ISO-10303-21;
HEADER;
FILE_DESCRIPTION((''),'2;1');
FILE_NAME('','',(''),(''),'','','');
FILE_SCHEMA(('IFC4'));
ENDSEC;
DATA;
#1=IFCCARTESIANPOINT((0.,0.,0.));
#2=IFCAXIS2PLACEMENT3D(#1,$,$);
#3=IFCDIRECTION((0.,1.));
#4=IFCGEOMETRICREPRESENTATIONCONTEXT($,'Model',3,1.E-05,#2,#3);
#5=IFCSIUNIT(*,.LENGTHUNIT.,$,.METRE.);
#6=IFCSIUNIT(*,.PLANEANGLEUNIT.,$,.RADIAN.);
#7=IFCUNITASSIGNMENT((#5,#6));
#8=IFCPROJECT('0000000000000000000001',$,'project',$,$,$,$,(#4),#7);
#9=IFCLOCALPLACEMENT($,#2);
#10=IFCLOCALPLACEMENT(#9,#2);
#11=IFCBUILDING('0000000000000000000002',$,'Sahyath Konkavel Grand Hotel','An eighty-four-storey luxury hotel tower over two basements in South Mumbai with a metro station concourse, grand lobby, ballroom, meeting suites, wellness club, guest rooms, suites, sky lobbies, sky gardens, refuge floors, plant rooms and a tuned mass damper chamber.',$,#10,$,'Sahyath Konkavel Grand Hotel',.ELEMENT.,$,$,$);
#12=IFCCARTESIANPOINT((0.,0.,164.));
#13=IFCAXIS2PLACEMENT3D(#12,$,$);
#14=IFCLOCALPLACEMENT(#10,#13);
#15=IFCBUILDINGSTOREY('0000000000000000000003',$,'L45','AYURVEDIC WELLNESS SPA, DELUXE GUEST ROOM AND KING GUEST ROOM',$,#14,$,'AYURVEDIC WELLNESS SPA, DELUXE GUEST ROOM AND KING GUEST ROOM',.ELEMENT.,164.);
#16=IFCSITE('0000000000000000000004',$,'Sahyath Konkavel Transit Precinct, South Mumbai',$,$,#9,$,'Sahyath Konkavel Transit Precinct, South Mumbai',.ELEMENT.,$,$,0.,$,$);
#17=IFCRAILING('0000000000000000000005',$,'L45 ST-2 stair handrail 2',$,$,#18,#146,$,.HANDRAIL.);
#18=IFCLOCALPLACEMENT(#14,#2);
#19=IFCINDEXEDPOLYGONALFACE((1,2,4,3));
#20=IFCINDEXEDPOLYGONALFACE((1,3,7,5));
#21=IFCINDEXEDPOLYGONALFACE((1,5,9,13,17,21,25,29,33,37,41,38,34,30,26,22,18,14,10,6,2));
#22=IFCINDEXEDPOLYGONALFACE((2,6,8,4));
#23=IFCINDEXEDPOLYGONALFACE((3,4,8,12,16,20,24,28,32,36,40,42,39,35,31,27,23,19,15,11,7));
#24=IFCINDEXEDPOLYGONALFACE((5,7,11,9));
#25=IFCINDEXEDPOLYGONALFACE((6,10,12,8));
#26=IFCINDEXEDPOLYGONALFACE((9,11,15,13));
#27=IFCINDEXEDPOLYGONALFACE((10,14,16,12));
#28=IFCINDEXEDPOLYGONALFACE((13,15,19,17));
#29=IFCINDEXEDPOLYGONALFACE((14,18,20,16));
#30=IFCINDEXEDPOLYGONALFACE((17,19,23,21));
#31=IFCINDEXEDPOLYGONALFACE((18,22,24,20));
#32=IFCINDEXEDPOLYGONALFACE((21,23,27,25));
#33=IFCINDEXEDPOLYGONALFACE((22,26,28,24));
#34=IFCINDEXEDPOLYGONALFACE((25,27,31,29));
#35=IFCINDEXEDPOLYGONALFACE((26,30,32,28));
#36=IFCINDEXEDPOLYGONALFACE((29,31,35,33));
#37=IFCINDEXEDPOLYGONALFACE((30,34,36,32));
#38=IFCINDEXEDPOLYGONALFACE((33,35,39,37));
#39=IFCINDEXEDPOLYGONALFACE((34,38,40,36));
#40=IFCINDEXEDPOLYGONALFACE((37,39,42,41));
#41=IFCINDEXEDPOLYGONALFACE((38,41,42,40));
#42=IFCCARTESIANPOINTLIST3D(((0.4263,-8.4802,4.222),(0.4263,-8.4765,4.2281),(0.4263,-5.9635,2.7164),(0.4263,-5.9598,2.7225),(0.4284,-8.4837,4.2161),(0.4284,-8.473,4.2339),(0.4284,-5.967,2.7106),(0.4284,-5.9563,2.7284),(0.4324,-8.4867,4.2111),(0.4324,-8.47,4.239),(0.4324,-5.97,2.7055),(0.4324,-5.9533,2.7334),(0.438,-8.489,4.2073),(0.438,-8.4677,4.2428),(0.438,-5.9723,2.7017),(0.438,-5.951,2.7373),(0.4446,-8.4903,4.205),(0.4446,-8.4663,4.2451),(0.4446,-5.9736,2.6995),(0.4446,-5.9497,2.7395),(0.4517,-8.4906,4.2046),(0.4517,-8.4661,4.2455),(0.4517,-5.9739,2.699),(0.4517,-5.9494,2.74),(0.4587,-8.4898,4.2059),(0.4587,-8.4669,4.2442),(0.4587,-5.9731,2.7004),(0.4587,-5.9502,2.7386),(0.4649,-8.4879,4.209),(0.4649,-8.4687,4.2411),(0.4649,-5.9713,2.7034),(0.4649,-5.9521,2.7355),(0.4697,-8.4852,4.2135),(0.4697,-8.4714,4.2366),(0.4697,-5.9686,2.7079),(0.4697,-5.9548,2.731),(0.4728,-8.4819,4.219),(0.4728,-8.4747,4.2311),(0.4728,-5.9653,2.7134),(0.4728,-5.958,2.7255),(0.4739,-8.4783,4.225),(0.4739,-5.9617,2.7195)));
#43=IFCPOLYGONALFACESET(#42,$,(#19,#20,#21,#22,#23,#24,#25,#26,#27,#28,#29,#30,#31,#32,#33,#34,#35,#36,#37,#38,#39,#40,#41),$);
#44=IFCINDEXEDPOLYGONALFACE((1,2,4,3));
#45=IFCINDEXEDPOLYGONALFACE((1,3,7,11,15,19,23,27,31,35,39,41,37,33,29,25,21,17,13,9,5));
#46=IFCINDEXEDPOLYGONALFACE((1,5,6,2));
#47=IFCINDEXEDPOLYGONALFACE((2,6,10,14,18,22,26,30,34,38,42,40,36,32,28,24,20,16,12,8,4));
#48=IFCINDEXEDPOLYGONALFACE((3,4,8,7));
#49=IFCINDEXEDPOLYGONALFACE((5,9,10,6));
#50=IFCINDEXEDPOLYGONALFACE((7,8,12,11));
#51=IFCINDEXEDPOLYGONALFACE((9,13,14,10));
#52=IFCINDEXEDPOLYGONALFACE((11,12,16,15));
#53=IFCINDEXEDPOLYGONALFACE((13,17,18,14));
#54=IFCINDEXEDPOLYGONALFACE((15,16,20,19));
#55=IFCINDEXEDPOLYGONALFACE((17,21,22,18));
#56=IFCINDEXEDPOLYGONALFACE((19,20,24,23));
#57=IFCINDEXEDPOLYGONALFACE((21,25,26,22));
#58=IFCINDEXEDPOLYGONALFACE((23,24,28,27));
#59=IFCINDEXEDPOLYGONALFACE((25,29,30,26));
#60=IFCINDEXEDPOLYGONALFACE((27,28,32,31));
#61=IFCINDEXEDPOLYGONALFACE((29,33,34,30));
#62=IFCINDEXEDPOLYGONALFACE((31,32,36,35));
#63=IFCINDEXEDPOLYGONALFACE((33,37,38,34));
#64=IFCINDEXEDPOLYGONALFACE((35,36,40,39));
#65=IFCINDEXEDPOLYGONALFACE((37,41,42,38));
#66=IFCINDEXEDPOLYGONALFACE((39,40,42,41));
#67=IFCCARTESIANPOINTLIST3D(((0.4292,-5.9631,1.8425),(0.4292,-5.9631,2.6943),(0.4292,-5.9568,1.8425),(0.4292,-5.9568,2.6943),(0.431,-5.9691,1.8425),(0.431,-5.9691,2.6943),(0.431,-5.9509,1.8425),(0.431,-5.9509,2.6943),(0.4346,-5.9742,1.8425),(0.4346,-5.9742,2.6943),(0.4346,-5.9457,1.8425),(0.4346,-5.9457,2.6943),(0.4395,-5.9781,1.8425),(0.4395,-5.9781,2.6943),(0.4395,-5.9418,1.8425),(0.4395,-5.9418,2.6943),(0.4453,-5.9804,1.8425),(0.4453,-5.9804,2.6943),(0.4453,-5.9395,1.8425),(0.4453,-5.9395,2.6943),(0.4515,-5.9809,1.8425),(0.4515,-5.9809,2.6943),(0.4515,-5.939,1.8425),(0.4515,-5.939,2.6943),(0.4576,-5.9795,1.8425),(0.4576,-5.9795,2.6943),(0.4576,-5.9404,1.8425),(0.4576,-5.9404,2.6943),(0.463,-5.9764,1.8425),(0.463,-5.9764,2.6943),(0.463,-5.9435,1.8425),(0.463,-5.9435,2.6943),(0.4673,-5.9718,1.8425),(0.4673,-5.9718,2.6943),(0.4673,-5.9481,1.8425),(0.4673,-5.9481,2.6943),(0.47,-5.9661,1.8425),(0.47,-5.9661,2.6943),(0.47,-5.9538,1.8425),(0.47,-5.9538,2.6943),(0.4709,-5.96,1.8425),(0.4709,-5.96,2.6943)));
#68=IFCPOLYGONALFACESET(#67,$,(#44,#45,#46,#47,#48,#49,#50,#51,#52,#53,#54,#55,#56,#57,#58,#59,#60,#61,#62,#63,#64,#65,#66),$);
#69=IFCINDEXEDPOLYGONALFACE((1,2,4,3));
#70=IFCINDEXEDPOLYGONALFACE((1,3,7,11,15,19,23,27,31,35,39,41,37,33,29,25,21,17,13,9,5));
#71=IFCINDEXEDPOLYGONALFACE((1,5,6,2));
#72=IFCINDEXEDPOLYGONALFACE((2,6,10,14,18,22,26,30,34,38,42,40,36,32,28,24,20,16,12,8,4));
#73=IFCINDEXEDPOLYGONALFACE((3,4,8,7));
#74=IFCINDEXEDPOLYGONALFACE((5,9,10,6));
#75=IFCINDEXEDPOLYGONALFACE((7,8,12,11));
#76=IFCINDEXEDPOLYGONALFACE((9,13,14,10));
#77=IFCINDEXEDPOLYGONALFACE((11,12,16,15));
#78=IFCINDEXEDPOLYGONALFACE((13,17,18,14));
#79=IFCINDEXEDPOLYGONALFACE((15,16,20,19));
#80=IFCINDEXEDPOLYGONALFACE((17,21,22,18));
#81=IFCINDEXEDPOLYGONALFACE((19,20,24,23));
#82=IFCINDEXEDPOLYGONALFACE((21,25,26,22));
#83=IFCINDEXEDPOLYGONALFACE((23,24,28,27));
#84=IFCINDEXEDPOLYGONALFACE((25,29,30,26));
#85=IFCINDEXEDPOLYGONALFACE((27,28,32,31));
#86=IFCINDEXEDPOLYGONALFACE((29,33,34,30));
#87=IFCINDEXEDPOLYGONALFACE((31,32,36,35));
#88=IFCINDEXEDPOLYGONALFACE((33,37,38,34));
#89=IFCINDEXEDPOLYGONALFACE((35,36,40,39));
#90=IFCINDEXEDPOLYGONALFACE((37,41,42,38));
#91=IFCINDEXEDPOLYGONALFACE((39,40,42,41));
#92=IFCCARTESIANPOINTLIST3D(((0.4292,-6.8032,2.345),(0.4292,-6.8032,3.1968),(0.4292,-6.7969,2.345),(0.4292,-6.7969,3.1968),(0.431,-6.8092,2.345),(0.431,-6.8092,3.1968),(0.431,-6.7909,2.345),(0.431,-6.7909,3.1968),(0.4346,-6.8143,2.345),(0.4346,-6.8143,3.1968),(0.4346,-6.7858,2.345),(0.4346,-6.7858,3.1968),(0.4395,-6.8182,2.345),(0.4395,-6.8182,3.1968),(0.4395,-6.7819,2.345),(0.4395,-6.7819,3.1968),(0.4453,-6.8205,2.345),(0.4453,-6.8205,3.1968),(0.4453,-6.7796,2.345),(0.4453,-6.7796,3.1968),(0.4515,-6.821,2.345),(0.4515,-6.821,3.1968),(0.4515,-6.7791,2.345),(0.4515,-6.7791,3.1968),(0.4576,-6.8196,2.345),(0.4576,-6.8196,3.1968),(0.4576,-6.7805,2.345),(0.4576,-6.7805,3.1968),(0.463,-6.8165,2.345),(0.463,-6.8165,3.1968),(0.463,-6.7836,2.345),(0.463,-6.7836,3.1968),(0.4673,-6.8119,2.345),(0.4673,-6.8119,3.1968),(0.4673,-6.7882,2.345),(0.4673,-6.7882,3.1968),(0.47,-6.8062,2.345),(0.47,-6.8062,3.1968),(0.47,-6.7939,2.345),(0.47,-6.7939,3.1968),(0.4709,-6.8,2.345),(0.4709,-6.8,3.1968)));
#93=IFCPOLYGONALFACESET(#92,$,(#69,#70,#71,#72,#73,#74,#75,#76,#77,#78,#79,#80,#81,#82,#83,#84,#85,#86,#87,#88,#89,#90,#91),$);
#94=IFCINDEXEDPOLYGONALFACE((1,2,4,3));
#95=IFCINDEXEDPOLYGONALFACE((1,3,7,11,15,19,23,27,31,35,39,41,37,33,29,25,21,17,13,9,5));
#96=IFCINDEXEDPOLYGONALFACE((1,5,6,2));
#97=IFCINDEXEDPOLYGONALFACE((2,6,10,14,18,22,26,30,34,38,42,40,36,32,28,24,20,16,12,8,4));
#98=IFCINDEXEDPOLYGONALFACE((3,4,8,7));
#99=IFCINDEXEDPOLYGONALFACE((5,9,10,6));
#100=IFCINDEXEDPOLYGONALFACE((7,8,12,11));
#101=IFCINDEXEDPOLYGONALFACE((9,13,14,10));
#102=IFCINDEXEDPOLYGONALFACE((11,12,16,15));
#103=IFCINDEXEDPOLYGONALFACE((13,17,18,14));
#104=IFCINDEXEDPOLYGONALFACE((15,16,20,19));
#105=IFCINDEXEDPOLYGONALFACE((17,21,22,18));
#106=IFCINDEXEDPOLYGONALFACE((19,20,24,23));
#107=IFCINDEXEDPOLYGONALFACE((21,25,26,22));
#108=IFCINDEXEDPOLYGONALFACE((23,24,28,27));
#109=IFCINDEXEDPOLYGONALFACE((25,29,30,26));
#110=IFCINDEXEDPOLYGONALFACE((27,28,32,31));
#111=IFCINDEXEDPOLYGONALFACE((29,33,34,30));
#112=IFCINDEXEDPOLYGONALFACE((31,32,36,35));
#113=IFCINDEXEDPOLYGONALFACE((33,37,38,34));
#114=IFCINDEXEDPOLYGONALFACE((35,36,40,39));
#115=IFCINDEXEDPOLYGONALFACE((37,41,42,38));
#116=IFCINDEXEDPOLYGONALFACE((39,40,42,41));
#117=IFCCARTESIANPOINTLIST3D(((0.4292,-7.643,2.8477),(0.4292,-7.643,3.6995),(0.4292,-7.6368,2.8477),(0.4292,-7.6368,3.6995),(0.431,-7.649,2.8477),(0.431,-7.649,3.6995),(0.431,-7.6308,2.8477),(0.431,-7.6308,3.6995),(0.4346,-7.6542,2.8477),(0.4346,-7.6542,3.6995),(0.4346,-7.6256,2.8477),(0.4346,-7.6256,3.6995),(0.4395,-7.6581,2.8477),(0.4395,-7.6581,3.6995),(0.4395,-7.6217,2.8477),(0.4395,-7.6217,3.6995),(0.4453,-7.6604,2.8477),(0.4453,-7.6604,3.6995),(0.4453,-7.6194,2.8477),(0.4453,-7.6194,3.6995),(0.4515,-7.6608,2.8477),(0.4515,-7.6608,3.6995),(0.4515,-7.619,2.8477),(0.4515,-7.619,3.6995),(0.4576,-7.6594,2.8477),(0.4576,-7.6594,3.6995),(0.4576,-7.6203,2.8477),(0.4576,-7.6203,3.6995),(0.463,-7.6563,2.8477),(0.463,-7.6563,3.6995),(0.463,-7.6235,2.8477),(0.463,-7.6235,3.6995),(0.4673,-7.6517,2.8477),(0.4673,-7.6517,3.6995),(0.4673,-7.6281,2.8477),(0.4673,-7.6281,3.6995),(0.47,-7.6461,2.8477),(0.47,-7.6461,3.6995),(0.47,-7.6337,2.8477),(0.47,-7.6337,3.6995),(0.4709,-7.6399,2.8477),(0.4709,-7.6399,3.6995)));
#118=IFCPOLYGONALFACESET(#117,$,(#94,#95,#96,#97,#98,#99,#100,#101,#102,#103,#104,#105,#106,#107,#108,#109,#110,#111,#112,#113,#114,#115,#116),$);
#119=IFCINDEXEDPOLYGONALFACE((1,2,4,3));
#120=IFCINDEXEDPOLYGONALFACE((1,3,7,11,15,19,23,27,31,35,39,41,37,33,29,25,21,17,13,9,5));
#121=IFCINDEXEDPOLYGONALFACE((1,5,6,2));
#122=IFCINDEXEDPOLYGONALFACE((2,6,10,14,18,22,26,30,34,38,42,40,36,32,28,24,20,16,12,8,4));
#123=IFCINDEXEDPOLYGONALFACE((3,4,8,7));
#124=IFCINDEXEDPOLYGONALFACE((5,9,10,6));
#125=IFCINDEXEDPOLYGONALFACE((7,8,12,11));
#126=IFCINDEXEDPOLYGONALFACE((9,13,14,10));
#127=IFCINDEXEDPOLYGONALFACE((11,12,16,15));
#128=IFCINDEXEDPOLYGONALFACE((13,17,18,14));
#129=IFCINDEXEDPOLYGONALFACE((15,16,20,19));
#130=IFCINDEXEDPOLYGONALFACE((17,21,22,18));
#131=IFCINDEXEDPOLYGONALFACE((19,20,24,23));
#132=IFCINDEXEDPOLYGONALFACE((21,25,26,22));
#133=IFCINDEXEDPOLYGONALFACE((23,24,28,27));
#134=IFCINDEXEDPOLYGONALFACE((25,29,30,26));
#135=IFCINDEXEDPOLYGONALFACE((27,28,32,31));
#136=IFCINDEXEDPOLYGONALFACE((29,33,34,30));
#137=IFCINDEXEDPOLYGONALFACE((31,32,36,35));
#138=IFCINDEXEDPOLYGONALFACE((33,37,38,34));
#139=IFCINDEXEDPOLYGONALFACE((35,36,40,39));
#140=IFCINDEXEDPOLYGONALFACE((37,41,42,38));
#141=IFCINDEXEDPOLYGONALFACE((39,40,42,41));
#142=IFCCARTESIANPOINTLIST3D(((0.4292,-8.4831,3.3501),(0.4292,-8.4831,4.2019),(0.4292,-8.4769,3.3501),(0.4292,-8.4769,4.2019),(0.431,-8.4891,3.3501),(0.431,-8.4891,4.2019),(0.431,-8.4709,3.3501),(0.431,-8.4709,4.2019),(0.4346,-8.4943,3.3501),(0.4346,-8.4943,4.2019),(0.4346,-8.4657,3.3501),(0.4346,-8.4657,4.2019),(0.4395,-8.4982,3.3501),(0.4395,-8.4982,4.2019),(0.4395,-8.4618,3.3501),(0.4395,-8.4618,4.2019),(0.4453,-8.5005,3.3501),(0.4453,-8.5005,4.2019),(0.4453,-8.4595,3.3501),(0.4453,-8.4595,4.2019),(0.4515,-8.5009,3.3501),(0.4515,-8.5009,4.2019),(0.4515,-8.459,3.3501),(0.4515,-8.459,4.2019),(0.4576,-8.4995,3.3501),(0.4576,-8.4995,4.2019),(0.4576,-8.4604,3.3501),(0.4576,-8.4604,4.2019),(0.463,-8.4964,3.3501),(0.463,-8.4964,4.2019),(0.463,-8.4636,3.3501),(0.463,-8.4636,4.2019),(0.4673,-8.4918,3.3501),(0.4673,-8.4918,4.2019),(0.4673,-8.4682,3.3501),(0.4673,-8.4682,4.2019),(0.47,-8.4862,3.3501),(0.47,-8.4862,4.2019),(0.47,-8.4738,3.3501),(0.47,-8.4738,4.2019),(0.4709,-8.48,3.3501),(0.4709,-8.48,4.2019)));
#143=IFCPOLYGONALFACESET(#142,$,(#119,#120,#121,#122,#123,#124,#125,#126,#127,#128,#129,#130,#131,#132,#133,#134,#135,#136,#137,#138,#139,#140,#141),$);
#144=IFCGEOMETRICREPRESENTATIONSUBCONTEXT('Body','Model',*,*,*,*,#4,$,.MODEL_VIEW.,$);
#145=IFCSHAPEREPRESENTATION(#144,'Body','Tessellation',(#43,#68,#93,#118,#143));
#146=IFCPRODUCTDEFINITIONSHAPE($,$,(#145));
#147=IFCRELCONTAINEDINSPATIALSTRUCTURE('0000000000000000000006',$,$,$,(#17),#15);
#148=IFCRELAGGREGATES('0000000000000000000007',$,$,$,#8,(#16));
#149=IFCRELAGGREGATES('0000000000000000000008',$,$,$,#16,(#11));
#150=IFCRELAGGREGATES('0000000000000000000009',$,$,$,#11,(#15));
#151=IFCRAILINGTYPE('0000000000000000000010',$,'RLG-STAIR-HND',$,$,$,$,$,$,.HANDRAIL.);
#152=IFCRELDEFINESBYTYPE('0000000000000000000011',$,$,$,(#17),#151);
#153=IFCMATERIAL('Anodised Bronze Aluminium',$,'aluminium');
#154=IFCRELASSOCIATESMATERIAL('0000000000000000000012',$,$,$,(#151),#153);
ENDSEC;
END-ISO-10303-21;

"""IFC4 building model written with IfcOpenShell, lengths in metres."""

from ifc_helpers import new_model, si_unit, direction, frame, origin, origin_2d, place, context, subcontext, project, spatial, circle, extrude, material, type_object, element, save


model = new_model("IFC4")

# Units and contexts
model_context = context("Model", 3, precision=1e-05, world=origin(), true_north=direction((0.0, 1.0)))
body_context = subcontext(model_context, "Body", "Model", "MODEL_VIEW")
ifc_project = project(units=[si_unit("LENGTHUNIT", "METRE"), si_unit("PLANEANGLEUNIT", "RADIAN")], contexts=[model_context])

# Site, building, storey
site_placement = place(None, origin())
site = spatial("IfcSite", under=ifc_project, at=site_placement, Name="Sahyath Konkavel Transit Precinct, South Mumbai", LongName="Sahyath Konkavel Transit Precinct, South Mumbai", CompositionType="ELEMENT", RefElevation=0.0)
building_placement = place(site_placement, origin())
building = spatial("IfcBuilding", under=site, at=building_placement, Name="Sahyath Konkavel Grand Hotel", Description="An eighty-four-storey luxury hotel tower over two basements in South Mumbai with a metro station concourse, grand lobby, ballroom, meeting suites, wellness club, guest rooms, suites, sky lobbies, sky gardens, refuge floors, plant rooms and a tuned mass damper chamber.", LongName="Sahyath Konkavel Grand Hotel", CompositionType="ELEMENT")
storey_placement = place(building_placement, frame((0.0, 0.0, 164.0)))
storey = spatial("IfcBuildingStorey", under=building, at=storey_placement, Name="L45", Description="AYURVEDIC WELLNESS SPA, DELUXE GUEST ROOM AND KING GUEST ROOM", LongName="AYURVEDIC WELLNESS SPA, DELUXE GUEST ROOM AND KING GUEST ROOM", CompositionType="ELEMENT", Elevation=164.0)

# Railing
ifc_material_1 = material(Name="Anodised Bronze Aluminium", Category="aluminium")
railing_type_1 = type_object("IfcRailingType", Name="RLG-STAIR-HND", PredefinedType="HANDRAIL", material=ifc_material_1)
railing_1_placement = place(storey_placement, frame((0.45, -5.96, 1.8425)))
element("IfcRailing", 1, at=railing_1_placement, inside=storey, type_object=railing_type_1, Name="L45 ST-2 stair handrail 2", PredefinedType="HANDRAIL", context=body_context, shape_type="SweptSolid", body=[
    extrude(circle(Radius=0.0239, at=origin_2d()), frame((0.0, -0.0017, 0.877), z_axis=(0.0, -0.85816, 0.513383), x_axis=(1.0, 0.0, 0.0)), (0.0, 0.0, 1.0), 2.9326),
    extrude(circle(Radius=0.021, at=origin_2d()), origin(), (0.0, 0.0, 1.0), 0.8518),
    extrude(circle(Radius=0.021, at=origin_2d()), frame((0.0, -0.8401, 0.5024)), (0.0, 0.0, 1.0), 0.8518),
    extrude(circle(Radius=0.021, at=origin_2d()), frame((0.0, -1.6799, 1.0051)), (0.0, 0.0, 1.0), 0.8518),
    extrude(circle(Radius=0.021, at=origin_2d()), frame((0.0, -2.52, 1.5076)), (0.0, 0.0, 1.0), 0.8518),
])

save(model, "model.ifc")
